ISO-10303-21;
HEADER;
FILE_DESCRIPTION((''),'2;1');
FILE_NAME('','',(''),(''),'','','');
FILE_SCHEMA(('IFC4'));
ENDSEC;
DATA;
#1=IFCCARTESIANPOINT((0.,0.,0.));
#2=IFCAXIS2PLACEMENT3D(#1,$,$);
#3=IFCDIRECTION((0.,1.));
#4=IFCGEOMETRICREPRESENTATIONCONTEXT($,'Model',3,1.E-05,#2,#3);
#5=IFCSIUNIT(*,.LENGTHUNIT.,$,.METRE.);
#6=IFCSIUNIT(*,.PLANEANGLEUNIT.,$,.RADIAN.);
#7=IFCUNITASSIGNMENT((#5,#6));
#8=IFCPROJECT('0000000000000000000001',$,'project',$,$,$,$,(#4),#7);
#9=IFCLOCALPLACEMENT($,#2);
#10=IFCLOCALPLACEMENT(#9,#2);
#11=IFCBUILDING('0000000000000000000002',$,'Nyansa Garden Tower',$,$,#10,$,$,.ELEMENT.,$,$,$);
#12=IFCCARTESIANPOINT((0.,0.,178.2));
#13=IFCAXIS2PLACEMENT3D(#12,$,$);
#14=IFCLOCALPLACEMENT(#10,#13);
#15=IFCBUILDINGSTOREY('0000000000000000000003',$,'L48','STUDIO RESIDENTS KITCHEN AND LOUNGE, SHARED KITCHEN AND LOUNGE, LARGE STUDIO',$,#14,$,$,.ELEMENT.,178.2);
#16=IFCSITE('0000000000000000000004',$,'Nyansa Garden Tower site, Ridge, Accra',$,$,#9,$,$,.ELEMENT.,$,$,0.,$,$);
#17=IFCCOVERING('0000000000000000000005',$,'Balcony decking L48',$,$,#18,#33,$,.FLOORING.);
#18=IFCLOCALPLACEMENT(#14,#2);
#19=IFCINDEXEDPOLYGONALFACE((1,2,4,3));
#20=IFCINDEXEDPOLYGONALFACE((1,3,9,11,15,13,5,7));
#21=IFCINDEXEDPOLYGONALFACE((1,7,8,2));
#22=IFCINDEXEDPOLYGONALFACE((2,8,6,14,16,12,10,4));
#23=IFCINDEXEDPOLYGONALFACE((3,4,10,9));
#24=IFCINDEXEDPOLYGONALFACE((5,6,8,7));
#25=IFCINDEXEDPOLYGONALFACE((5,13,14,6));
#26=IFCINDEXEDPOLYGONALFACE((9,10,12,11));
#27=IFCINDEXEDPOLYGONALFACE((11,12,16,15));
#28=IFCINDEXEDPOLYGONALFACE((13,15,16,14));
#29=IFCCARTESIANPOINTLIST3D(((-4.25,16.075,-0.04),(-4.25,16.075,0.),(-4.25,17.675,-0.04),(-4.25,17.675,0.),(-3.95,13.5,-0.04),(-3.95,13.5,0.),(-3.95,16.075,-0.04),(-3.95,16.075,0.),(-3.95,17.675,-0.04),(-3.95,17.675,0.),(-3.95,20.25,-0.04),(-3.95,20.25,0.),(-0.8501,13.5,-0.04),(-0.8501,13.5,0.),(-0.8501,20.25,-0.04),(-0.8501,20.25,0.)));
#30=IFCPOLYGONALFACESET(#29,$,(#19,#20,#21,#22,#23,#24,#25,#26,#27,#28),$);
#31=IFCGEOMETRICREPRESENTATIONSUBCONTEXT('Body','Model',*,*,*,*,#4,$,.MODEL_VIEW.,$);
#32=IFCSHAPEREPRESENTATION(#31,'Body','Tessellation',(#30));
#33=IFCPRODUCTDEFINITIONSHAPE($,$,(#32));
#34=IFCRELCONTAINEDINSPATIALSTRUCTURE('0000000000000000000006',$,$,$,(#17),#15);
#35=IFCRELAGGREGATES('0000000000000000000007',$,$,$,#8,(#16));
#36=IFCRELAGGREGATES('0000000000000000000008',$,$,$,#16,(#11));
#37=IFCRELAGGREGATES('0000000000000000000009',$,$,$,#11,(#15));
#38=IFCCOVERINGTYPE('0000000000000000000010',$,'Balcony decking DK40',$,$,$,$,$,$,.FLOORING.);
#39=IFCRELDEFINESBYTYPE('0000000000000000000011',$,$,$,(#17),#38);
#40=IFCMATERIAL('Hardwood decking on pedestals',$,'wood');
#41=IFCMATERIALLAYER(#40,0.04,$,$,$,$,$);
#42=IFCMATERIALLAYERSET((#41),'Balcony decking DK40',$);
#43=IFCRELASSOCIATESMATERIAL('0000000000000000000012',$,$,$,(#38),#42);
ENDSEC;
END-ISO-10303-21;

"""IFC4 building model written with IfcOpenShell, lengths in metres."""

from ifc_helpers import new_model, si_unit, direction, frame, origin, place, context, subcontext, project, spatial, polyline, outline, extrude, material, layer, layer_set, type_object, element, save


model = new_model("IFC4")

# Units and contexts
model_context = context("Model", 3, precision=1e-05, world=origin(), true_north=direction((0.0, 1.0)))
body_context = subcontext(model_context, "Body", "Model", "MODEL_VIEW")
ifc_project = project(units=[si_unit("LENGTHUNIT", "METRE"), si_unit("PLANEANGLEUNIT", "RADIAN")], contexts=[model_context])

# Site, building, storey
site_placement = place(None, origin())
site = spatial("IfcSite", under=ifc_project, at=site_placement, Name="Nyansa Garden Tower site, Ridge, Accra", CompositionType="ELEMENT", RefElevation=0.0)
building_placement = place(site_placement, origin())
building = spatial("IfcBuilding", under=site, at=building_placement, Name="Nyansa Garden Tower", CompositionType="ELEMENT")
storey_placement = place(building_placement, frame((0.0, 0.0, 178.2)))
storey = spatial("IfcBuildingStorey", under=building, at=storey_placement, Name="L48", Description="STUDIO RESIDENTS KITCHEN AND LOUNGE, SHARED KITCHEN AND LOUNGE, LARGE STUDIO", CompositionType="ELEMENT", Elevation=178.2)

# Covering
ifc_material_1 = material(Name="Hardwood decking on pedestals", Category="wood")
ifc_layer_1 = layer(ifc_material_1, 0.04)
ifc_layer_set_1 = layer_set([ifc_layer_1], Name="Balcony decking DK40")
covering_type = type_object("IfcCoveringType", Name="Balcony decking DK40", PredefinedType="FLOORING", material=ifc_layer_set_1)
covering_1_placement = place(storey_placement, frame((0.0, 0.0, -0.04)))
element("IfcCovering", 1, at=covering_1_placement, inside=storey, type_object=covering_type, Name="Balcony decking L48", PredefinedType="FLOORING", context=body_context, shape_type="SweptSolid", body=[
    extrude(outline(polyline([(-0.8501, 13.5), (-0.8501, 20.25), (-3.95, 20.25), (-3.95, 17.675), (-4.25, 17.675), (-4.25, 16.075), (-3.95, 16.075), (-3.95, 13.5), (-0.8501, 13.5)])), origin(), (0.0, 0.0, 1.0), 0.04),
])

save(model, "model.ifc")
